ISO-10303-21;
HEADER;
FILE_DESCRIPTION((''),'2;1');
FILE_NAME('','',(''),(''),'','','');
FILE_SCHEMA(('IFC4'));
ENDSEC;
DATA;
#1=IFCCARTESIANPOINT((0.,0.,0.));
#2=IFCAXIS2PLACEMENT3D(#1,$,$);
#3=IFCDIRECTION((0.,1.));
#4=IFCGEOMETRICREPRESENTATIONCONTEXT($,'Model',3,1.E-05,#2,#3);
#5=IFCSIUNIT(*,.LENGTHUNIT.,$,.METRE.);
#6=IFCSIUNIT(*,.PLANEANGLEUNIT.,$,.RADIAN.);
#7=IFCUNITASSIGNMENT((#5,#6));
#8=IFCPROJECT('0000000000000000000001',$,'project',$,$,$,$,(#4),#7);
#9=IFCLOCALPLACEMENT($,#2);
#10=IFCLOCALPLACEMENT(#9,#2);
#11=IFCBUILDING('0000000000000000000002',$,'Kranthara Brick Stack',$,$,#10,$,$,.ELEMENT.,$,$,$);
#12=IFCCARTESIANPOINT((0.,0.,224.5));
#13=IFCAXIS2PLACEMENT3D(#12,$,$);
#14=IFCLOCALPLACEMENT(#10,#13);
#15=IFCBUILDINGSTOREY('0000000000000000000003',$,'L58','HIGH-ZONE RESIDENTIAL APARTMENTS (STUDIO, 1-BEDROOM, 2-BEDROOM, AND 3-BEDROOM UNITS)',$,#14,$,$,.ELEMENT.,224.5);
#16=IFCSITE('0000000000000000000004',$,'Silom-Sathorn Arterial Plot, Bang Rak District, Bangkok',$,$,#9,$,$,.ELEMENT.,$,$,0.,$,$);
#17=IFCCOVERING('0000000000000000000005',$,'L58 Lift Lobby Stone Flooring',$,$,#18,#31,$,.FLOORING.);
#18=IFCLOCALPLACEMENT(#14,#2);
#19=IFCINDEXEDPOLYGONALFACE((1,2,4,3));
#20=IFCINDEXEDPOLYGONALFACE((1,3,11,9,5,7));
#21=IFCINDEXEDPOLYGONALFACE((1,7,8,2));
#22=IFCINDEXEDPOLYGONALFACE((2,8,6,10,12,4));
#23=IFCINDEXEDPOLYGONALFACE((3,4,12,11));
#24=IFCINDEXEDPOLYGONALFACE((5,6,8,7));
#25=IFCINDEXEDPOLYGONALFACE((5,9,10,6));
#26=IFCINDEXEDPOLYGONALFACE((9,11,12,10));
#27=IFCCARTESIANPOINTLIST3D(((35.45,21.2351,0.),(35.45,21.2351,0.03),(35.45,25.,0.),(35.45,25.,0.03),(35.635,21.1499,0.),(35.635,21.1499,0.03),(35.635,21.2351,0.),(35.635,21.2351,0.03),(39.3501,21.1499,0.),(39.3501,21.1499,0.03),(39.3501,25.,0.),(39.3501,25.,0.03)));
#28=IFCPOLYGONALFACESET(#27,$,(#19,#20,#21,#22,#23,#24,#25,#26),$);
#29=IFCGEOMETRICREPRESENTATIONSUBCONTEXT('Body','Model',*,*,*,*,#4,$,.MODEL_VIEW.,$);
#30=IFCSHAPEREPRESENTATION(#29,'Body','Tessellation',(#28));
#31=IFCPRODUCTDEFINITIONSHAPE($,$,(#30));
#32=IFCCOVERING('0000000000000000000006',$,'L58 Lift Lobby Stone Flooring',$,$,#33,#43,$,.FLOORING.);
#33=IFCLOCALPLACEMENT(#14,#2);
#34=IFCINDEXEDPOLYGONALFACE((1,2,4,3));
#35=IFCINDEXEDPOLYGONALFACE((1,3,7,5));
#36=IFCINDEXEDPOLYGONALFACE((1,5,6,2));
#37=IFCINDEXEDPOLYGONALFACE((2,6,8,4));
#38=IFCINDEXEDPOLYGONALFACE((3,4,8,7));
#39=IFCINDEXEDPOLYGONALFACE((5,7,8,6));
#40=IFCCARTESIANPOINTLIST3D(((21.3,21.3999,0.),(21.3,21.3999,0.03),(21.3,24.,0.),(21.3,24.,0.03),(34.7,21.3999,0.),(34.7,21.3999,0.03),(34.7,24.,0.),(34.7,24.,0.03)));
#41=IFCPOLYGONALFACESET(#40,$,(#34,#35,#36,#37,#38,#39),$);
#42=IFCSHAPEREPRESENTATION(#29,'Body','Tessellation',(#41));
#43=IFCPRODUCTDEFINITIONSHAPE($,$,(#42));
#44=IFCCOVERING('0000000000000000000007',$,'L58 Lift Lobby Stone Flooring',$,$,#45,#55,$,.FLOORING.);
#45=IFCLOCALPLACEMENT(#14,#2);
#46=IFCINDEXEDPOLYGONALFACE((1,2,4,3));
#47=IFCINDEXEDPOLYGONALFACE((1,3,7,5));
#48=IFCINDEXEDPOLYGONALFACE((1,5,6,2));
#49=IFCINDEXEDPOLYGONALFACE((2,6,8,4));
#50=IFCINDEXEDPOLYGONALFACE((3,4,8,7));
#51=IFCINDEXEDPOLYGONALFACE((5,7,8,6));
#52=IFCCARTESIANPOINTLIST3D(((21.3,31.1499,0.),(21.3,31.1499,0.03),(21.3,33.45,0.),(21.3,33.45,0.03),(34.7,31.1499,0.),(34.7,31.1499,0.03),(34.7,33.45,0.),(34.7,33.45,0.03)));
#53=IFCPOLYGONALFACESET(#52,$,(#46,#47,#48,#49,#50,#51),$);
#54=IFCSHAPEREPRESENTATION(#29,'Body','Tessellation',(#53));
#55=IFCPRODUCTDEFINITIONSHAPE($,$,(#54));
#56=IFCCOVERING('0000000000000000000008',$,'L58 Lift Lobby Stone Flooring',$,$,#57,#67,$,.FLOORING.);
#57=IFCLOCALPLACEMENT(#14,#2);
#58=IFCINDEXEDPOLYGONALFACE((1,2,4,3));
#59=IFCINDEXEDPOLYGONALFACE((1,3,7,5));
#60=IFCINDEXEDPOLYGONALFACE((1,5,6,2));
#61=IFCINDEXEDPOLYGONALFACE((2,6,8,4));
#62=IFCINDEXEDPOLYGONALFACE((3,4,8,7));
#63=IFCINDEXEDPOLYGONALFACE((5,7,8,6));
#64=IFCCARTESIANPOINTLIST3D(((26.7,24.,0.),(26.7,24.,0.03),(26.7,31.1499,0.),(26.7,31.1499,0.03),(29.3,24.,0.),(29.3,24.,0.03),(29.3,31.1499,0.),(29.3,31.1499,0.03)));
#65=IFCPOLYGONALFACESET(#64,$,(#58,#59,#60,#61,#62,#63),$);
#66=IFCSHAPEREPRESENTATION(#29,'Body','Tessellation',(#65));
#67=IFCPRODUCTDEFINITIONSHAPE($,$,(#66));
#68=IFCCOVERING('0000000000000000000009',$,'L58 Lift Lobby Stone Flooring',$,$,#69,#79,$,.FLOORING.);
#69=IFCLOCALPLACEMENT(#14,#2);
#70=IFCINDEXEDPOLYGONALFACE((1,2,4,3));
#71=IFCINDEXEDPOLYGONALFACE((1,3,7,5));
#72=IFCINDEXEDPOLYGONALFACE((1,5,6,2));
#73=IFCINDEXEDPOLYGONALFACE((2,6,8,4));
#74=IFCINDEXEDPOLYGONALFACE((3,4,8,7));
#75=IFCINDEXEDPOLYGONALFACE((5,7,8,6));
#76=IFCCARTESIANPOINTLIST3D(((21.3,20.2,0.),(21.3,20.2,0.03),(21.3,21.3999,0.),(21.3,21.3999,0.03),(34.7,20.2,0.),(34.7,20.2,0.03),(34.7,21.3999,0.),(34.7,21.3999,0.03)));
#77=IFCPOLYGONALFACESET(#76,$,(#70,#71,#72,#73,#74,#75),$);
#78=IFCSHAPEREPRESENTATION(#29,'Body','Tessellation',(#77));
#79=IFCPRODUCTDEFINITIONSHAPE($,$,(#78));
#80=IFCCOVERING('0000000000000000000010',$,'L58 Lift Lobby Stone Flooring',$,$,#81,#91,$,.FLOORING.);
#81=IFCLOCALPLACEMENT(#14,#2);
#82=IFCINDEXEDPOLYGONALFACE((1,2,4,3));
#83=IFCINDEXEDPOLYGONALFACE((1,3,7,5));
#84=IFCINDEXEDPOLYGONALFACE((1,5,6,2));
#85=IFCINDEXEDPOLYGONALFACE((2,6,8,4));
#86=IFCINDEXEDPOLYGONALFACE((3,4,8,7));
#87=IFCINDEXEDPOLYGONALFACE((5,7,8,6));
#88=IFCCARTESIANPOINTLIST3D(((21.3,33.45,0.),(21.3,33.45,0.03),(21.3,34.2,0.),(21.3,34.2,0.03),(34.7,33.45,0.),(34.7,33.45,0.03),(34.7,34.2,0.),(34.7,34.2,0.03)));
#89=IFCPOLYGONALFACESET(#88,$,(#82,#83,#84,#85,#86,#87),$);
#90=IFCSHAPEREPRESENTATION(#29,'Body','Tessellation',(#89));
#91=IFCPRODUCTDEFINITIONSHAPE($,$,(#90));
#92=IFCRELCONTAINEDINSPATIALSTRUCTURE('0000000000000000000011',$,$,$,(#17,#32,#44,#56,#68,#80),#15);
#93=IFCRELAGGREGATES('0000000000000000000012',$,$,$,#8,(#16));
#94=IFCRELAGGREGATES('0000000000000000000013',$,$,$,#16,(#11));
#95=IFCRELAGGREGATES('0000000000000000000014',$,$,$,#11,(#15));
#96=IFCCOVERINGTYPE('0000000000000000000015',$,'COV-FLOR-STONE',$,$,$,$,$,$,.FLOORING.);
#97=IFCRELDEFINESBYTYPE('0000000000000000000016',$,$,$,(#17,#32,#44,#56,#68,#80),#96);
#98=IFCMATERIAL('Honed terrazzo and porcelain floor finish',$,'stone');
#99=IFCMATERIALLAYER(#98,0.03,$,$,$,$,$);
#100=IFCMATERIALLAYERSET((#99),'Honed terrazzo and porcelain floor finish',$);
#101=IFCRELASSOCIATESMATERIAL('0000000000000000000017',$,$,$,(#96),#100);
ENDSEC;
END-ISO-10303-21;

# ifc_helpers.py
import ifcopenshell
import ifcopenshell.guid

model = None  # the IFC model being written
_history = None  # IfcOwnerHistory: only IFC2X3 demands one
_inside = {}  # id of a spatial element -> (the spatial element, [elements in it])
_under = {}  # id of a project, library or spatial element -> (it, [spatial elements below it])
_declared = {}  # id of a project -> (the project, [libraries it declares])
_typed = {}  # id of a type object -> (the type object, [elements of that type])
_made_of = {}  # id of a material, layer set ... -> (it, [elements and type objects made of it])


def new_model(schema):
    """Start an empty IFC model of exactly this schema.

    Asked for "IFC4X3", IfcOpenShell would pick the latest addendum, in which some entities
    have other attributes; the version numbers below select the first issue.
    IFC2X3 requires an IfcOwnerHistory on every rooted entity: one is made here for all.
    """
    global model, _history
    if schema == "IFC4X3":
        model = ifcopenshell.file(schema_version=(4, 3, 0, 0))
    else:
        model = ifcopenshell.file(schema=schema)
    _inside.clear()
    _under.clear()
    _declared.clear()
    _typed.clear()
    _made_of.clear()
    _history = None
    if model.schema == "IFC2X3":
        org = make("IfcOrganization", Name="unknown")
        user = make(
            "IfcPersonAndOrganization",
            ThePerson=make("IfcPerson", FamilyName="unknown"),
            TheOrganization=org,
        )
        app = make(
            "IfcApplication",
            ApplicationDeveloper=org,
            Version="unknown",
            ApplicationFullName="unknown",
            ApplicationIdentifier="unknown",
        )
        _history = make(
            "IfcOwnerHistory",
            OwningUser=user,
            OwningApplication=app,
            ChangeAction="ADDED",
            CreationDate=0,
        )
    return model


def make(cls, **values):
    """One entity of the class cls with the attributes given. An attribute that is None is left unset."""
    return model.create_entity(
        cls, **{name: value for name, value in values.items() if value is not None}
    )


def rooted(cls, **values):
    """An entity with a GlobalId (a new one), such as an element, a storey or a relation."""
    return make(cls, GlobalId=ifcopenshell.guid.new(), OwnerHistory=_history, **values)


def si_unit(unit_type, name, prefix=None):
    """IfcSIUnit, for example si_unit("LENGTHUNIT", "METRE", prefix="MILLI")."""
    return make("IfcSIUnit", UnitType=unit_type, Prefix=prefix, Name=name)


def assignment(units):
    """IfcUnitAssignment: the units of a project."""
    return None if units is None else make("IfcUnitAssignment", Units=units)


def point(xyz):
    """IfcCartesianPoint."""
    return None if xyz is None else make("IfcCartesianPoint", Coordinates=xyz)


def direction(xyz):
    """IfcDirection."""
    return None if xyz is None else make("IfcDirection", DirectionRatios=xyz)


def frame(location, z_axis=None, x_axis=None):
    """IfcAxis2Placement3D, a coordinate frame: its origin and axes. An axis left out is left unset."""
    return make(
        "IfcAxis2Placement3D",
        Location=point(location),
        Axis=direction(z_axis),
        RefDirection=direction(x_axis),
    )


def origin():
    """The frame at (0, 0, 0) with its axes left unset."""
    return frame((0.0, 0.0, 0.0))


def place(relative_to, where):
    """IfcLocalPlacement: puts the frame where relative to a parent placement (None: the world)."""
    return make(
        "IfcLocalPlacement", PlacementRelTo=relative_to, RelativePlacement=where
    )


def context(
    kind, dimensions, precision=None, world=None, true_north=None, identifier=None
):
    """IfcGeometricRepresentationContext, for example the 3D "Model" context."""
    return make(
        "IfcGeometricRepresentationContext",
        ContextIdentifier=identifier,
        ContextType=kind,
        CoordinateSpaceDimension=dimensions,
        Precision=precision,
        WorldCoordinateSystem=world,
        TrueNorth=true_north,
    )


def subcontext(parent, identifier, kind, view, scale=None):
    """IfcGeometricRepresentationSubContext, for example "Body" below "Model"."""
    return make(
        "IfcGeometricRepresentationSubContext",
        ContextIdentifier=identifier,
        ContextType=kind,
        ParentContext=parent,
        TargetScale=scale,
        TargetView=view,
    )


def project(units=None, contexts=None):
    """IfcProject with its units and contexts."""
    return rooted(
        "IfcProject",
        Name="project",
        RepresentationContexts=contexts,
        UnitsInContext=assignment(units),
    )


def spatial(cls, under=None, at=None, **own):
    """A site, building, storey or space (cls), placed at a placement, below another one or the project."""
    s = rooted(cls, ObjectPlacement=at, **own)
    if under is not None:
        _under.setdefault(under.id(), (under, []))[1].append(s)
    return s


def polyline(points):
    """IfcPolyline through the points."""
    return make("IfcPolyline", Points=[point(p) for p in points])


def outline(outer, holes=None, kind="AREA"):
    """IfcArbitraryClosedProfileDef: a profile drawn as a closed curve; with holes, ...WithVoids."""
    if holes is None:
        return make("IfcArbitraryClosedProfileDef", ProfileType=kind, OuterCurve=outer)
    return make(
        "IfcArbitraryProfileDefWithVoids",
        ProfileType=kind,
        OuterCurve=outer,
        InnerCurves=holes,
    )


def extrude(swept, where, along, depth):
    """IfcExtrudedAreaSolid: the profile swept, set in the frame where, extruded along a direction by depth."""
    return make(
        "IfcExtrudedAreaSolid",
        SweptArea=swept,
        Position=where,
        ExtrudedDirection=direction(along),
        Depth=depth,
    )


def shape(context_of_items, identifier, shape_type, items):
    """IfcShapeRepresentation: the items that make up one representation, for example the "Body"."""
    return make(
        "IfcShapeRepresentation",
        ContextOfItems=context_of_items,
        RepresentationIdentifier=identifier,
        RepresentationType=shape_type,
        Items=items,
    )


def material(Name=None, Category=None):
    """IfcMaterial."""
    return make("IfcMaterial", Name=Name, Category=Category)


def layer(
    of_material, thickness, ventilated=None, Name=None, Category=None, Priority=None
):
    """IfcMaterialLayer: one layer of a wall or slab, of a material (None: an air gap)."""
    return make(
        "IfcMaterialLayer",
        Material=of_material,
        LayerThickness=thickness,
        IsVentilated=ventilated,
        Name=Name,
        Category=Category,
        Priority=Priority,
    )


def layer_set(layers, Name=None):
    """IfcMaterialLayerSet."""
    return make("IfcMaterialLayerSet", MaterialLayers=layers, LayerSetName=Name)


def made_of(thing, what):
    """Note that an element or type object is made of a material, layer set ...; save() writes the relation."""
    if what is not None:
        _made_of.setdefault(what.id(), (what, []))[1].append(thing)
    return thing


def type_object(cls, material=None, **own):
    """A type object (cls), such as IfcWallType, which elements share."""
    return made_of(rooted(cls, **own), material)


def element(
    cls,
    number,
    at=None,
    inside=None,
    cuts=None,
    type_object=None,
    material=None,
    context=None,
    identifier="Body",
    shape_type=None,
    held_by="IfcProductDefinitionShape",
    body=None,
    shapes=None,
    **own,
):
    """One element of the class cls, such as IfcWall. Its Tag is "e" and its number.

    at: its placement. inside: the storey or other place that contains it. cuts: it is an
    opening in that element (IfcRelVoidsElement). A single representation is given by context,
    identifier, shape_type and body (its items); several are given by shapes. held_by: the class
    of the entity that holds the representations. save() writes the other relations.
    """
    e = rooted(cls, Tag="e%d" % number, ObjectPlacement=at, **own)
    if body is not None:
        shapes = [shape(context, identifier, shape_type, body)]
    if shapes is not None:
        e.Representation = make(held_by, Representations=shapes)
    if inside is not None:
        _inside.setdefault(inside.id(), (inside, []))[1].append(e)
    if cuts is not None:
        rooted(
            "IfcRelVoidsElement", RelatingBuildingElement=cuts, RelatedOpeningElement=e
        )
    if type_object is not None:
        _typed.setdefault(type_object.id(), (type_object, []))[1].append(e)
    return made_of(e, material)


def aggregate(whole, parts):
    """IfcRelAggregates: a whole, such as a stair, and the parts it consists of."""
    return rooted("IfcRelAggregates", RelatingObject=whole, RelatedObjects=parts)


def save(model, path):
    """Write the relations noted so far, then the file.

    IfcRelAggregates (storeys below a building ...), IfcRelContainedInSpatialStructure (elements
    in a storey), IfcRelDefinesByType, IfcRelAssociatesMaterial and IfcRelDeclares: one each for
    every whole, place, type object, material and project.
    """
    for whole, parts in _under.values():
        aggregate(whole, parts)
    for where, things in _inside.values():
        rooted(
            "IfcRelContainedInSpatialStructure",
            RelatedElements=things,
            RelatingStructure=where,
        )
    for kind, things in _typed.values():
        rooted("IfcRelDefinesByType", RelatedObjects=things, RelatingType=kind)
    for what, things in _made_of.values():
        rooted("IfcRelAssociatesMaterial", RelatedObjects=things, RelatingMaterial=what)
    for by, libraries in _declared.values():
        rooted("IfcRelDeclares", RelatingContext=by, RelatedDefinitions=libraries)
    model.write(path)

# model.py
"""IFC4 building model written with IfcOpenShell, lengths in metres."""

from ifc_helpers import new_model, si_unit, direction, frame, origin, place, context, subcontext, project, spatial, polyline, outline, extrude, material, layer, layer_set, type_object, element, save


model = new_model("IFC4")

# Units and contexts
model_context = context("Model", 3, precision=1e-05, world=origin(), true_north=direction((0.0, 1.0)))
body_context = subcontext(model_context, "Body", "Model", "MODEL_VIEW")
ifc_project = project(units=[si_unit("LENGTHUNIT", "METRE"), si_unit("PLANEANGLEUNIT", "RADIAN")], contexts=[model_context])

# Site, building, storey
site_placement = place(None, origin())
site = spatial("IfcSite", under=ifc_project, at=site_placement, Name="Silom-Sathorn Arterial Plot, Bang Rak District, Bangkok", CompositionType="ELEMENT", RefElevation=0.0)
building_placement = place(site_placement, origin())
building = spatial("IfcBuilding", under=site, at=building_placement, Name="Kranthara Brick Stack", CompositionType="ELEMENT")
storey_placement = place(building_placement, frame((0.0, 0.0, 224.5)))
storey = spatial("IfcBuildingStorey", under=building, at=storey_placement, Name="L58", Description="HIGH-ZONE RESIDENTIAL APARTMENTS (STUDIO, 1-BEDROOM, 2-BEDROOM, AND 3-BEDROOM UNITS)", CompositionType="ELEMENT", Elevation=224.5)

# Coverings
ifc_material_1 = material(Name="Honed terrazzo and porcelain floor finish", Category="stone")
ifc_layer_1 = layer(ifc_material_1, 0.03)
ifc_layer_set_1 = layer_set([ifc_layer_1], Name="Honed terrazzo and porcelain floor finish")
covering_type_1 = type_object("IfcCoveringType", Name="COV-FLOR-STONE", PredefinedType="FLOORING", material=ifc_layer_set_1)
covering_1_placement = place(storey_placement, origin())
element("IfcCovering", 1, at=covering_1_placement, inside=storey, type_object=covering_type_1, Name="L58 Lift Lobby Stone Flooring", PredefinedType="FLOORING", context=body_context, shape_type="SweptSolid", body=[
    extrude(outline(polyline([(35.45, 25.0), (39.3501, 25.0), (39.3501, 21.1499), (35.635, 21.1499), (35.635, 21.2351), (35.45, 21.2351), (35.45, 25.0)])), origin(), (0.0, 0.0, 1.0), 0.03),
])
covering_2_placement = place(storey_placement, origin())
element("IfcCovering", 2, at=covering_2_placement, inside=storey, type_object=covering_type_1, Name="L58 Lift Lobby Stone Flooring", PredefinedType="FLOORING", context=body_context, shape_type="SweptSolid", body=[
    extrude(outline(polyline([(34.7, 21.3999), (34.7, 24.0), (21.3, 24.0), (21.3, 21.3999), (34.7, 21.3999)])), origin(), (0.0, 0.0, 1.0), 0.03),
])
covering_3_placement = place(storey_placement, origin())
element("IfcCovering", 3, at=covering_3_placement, inside=storey, type_object=covering_type_1, Name="L58 Lift Lobby Stone Flooring", PredefinedType="FLOORING", context=body_context, shape_type="SweptSolid", body=[
    extrude(outline(polyline([(34.7, 31.1499), (34.7, 33.45), (21.3, 33.45), (21.3, 31.1499), (34.7, 31.1499)])), origin(), (0.0, 0.0, 1.0), 0.03),
])
covering_4_placement = place(storey_placement, origin())
element("IfcCovering", 4, at=covering_4_placement, inside=storey, type_object=covering_type_1, Name="L58 Lift Lobby Stone Flooring", PredefinedType="FLOORING", context=body_context, shape_type="SweptSolid", body=[
    extrude(outline(polyline([(29.3, 24.0), (26.7, 24.0), (26.7, 31.1499), (29.3, 31.1499), (29.3, 24.0)])), origin(), (0.0, 0.0, 1.0), 0.03),
])
covering_5_placement = place(storey_placement, origin())
element("IfcCovering", 5, at=covering_5_placement, inside=storey, type_object=covering_type_1, Name="L58 Lift Lobby Stone Flooring", PredefinedType="FLOORING", context=body_context, shape_type="SweptSolid", body=[
    extrude(outline(polyline([(34.7, 20.2), (21.3, 20.2), (21.3, 21.3999), (34.7, 21.3999), (34.7, 20.2)])), origin(), (0.0, 0.0, 1.0), 0.03),
])
covering_6_placement = place(storey_placement, origin())
element("IfcCovering", 6, at=covering_6_placement, inside=storey, type_object=covering_type_1, Name="L58 Lift Lobby Stone Flooring", PredefinedType="FLOORING", context=body_context, shape_type="SweptSolid", body=[
    extrude(outline(polyline([(34.7, 33.45), (21.3, 33.45), (21.3, 34.2), (34.7, 34.2), (34.7, 33.45)])), origin(), (0.0, 0.0, 1.0), 0.03),
])

save(model, "model.ifc")
